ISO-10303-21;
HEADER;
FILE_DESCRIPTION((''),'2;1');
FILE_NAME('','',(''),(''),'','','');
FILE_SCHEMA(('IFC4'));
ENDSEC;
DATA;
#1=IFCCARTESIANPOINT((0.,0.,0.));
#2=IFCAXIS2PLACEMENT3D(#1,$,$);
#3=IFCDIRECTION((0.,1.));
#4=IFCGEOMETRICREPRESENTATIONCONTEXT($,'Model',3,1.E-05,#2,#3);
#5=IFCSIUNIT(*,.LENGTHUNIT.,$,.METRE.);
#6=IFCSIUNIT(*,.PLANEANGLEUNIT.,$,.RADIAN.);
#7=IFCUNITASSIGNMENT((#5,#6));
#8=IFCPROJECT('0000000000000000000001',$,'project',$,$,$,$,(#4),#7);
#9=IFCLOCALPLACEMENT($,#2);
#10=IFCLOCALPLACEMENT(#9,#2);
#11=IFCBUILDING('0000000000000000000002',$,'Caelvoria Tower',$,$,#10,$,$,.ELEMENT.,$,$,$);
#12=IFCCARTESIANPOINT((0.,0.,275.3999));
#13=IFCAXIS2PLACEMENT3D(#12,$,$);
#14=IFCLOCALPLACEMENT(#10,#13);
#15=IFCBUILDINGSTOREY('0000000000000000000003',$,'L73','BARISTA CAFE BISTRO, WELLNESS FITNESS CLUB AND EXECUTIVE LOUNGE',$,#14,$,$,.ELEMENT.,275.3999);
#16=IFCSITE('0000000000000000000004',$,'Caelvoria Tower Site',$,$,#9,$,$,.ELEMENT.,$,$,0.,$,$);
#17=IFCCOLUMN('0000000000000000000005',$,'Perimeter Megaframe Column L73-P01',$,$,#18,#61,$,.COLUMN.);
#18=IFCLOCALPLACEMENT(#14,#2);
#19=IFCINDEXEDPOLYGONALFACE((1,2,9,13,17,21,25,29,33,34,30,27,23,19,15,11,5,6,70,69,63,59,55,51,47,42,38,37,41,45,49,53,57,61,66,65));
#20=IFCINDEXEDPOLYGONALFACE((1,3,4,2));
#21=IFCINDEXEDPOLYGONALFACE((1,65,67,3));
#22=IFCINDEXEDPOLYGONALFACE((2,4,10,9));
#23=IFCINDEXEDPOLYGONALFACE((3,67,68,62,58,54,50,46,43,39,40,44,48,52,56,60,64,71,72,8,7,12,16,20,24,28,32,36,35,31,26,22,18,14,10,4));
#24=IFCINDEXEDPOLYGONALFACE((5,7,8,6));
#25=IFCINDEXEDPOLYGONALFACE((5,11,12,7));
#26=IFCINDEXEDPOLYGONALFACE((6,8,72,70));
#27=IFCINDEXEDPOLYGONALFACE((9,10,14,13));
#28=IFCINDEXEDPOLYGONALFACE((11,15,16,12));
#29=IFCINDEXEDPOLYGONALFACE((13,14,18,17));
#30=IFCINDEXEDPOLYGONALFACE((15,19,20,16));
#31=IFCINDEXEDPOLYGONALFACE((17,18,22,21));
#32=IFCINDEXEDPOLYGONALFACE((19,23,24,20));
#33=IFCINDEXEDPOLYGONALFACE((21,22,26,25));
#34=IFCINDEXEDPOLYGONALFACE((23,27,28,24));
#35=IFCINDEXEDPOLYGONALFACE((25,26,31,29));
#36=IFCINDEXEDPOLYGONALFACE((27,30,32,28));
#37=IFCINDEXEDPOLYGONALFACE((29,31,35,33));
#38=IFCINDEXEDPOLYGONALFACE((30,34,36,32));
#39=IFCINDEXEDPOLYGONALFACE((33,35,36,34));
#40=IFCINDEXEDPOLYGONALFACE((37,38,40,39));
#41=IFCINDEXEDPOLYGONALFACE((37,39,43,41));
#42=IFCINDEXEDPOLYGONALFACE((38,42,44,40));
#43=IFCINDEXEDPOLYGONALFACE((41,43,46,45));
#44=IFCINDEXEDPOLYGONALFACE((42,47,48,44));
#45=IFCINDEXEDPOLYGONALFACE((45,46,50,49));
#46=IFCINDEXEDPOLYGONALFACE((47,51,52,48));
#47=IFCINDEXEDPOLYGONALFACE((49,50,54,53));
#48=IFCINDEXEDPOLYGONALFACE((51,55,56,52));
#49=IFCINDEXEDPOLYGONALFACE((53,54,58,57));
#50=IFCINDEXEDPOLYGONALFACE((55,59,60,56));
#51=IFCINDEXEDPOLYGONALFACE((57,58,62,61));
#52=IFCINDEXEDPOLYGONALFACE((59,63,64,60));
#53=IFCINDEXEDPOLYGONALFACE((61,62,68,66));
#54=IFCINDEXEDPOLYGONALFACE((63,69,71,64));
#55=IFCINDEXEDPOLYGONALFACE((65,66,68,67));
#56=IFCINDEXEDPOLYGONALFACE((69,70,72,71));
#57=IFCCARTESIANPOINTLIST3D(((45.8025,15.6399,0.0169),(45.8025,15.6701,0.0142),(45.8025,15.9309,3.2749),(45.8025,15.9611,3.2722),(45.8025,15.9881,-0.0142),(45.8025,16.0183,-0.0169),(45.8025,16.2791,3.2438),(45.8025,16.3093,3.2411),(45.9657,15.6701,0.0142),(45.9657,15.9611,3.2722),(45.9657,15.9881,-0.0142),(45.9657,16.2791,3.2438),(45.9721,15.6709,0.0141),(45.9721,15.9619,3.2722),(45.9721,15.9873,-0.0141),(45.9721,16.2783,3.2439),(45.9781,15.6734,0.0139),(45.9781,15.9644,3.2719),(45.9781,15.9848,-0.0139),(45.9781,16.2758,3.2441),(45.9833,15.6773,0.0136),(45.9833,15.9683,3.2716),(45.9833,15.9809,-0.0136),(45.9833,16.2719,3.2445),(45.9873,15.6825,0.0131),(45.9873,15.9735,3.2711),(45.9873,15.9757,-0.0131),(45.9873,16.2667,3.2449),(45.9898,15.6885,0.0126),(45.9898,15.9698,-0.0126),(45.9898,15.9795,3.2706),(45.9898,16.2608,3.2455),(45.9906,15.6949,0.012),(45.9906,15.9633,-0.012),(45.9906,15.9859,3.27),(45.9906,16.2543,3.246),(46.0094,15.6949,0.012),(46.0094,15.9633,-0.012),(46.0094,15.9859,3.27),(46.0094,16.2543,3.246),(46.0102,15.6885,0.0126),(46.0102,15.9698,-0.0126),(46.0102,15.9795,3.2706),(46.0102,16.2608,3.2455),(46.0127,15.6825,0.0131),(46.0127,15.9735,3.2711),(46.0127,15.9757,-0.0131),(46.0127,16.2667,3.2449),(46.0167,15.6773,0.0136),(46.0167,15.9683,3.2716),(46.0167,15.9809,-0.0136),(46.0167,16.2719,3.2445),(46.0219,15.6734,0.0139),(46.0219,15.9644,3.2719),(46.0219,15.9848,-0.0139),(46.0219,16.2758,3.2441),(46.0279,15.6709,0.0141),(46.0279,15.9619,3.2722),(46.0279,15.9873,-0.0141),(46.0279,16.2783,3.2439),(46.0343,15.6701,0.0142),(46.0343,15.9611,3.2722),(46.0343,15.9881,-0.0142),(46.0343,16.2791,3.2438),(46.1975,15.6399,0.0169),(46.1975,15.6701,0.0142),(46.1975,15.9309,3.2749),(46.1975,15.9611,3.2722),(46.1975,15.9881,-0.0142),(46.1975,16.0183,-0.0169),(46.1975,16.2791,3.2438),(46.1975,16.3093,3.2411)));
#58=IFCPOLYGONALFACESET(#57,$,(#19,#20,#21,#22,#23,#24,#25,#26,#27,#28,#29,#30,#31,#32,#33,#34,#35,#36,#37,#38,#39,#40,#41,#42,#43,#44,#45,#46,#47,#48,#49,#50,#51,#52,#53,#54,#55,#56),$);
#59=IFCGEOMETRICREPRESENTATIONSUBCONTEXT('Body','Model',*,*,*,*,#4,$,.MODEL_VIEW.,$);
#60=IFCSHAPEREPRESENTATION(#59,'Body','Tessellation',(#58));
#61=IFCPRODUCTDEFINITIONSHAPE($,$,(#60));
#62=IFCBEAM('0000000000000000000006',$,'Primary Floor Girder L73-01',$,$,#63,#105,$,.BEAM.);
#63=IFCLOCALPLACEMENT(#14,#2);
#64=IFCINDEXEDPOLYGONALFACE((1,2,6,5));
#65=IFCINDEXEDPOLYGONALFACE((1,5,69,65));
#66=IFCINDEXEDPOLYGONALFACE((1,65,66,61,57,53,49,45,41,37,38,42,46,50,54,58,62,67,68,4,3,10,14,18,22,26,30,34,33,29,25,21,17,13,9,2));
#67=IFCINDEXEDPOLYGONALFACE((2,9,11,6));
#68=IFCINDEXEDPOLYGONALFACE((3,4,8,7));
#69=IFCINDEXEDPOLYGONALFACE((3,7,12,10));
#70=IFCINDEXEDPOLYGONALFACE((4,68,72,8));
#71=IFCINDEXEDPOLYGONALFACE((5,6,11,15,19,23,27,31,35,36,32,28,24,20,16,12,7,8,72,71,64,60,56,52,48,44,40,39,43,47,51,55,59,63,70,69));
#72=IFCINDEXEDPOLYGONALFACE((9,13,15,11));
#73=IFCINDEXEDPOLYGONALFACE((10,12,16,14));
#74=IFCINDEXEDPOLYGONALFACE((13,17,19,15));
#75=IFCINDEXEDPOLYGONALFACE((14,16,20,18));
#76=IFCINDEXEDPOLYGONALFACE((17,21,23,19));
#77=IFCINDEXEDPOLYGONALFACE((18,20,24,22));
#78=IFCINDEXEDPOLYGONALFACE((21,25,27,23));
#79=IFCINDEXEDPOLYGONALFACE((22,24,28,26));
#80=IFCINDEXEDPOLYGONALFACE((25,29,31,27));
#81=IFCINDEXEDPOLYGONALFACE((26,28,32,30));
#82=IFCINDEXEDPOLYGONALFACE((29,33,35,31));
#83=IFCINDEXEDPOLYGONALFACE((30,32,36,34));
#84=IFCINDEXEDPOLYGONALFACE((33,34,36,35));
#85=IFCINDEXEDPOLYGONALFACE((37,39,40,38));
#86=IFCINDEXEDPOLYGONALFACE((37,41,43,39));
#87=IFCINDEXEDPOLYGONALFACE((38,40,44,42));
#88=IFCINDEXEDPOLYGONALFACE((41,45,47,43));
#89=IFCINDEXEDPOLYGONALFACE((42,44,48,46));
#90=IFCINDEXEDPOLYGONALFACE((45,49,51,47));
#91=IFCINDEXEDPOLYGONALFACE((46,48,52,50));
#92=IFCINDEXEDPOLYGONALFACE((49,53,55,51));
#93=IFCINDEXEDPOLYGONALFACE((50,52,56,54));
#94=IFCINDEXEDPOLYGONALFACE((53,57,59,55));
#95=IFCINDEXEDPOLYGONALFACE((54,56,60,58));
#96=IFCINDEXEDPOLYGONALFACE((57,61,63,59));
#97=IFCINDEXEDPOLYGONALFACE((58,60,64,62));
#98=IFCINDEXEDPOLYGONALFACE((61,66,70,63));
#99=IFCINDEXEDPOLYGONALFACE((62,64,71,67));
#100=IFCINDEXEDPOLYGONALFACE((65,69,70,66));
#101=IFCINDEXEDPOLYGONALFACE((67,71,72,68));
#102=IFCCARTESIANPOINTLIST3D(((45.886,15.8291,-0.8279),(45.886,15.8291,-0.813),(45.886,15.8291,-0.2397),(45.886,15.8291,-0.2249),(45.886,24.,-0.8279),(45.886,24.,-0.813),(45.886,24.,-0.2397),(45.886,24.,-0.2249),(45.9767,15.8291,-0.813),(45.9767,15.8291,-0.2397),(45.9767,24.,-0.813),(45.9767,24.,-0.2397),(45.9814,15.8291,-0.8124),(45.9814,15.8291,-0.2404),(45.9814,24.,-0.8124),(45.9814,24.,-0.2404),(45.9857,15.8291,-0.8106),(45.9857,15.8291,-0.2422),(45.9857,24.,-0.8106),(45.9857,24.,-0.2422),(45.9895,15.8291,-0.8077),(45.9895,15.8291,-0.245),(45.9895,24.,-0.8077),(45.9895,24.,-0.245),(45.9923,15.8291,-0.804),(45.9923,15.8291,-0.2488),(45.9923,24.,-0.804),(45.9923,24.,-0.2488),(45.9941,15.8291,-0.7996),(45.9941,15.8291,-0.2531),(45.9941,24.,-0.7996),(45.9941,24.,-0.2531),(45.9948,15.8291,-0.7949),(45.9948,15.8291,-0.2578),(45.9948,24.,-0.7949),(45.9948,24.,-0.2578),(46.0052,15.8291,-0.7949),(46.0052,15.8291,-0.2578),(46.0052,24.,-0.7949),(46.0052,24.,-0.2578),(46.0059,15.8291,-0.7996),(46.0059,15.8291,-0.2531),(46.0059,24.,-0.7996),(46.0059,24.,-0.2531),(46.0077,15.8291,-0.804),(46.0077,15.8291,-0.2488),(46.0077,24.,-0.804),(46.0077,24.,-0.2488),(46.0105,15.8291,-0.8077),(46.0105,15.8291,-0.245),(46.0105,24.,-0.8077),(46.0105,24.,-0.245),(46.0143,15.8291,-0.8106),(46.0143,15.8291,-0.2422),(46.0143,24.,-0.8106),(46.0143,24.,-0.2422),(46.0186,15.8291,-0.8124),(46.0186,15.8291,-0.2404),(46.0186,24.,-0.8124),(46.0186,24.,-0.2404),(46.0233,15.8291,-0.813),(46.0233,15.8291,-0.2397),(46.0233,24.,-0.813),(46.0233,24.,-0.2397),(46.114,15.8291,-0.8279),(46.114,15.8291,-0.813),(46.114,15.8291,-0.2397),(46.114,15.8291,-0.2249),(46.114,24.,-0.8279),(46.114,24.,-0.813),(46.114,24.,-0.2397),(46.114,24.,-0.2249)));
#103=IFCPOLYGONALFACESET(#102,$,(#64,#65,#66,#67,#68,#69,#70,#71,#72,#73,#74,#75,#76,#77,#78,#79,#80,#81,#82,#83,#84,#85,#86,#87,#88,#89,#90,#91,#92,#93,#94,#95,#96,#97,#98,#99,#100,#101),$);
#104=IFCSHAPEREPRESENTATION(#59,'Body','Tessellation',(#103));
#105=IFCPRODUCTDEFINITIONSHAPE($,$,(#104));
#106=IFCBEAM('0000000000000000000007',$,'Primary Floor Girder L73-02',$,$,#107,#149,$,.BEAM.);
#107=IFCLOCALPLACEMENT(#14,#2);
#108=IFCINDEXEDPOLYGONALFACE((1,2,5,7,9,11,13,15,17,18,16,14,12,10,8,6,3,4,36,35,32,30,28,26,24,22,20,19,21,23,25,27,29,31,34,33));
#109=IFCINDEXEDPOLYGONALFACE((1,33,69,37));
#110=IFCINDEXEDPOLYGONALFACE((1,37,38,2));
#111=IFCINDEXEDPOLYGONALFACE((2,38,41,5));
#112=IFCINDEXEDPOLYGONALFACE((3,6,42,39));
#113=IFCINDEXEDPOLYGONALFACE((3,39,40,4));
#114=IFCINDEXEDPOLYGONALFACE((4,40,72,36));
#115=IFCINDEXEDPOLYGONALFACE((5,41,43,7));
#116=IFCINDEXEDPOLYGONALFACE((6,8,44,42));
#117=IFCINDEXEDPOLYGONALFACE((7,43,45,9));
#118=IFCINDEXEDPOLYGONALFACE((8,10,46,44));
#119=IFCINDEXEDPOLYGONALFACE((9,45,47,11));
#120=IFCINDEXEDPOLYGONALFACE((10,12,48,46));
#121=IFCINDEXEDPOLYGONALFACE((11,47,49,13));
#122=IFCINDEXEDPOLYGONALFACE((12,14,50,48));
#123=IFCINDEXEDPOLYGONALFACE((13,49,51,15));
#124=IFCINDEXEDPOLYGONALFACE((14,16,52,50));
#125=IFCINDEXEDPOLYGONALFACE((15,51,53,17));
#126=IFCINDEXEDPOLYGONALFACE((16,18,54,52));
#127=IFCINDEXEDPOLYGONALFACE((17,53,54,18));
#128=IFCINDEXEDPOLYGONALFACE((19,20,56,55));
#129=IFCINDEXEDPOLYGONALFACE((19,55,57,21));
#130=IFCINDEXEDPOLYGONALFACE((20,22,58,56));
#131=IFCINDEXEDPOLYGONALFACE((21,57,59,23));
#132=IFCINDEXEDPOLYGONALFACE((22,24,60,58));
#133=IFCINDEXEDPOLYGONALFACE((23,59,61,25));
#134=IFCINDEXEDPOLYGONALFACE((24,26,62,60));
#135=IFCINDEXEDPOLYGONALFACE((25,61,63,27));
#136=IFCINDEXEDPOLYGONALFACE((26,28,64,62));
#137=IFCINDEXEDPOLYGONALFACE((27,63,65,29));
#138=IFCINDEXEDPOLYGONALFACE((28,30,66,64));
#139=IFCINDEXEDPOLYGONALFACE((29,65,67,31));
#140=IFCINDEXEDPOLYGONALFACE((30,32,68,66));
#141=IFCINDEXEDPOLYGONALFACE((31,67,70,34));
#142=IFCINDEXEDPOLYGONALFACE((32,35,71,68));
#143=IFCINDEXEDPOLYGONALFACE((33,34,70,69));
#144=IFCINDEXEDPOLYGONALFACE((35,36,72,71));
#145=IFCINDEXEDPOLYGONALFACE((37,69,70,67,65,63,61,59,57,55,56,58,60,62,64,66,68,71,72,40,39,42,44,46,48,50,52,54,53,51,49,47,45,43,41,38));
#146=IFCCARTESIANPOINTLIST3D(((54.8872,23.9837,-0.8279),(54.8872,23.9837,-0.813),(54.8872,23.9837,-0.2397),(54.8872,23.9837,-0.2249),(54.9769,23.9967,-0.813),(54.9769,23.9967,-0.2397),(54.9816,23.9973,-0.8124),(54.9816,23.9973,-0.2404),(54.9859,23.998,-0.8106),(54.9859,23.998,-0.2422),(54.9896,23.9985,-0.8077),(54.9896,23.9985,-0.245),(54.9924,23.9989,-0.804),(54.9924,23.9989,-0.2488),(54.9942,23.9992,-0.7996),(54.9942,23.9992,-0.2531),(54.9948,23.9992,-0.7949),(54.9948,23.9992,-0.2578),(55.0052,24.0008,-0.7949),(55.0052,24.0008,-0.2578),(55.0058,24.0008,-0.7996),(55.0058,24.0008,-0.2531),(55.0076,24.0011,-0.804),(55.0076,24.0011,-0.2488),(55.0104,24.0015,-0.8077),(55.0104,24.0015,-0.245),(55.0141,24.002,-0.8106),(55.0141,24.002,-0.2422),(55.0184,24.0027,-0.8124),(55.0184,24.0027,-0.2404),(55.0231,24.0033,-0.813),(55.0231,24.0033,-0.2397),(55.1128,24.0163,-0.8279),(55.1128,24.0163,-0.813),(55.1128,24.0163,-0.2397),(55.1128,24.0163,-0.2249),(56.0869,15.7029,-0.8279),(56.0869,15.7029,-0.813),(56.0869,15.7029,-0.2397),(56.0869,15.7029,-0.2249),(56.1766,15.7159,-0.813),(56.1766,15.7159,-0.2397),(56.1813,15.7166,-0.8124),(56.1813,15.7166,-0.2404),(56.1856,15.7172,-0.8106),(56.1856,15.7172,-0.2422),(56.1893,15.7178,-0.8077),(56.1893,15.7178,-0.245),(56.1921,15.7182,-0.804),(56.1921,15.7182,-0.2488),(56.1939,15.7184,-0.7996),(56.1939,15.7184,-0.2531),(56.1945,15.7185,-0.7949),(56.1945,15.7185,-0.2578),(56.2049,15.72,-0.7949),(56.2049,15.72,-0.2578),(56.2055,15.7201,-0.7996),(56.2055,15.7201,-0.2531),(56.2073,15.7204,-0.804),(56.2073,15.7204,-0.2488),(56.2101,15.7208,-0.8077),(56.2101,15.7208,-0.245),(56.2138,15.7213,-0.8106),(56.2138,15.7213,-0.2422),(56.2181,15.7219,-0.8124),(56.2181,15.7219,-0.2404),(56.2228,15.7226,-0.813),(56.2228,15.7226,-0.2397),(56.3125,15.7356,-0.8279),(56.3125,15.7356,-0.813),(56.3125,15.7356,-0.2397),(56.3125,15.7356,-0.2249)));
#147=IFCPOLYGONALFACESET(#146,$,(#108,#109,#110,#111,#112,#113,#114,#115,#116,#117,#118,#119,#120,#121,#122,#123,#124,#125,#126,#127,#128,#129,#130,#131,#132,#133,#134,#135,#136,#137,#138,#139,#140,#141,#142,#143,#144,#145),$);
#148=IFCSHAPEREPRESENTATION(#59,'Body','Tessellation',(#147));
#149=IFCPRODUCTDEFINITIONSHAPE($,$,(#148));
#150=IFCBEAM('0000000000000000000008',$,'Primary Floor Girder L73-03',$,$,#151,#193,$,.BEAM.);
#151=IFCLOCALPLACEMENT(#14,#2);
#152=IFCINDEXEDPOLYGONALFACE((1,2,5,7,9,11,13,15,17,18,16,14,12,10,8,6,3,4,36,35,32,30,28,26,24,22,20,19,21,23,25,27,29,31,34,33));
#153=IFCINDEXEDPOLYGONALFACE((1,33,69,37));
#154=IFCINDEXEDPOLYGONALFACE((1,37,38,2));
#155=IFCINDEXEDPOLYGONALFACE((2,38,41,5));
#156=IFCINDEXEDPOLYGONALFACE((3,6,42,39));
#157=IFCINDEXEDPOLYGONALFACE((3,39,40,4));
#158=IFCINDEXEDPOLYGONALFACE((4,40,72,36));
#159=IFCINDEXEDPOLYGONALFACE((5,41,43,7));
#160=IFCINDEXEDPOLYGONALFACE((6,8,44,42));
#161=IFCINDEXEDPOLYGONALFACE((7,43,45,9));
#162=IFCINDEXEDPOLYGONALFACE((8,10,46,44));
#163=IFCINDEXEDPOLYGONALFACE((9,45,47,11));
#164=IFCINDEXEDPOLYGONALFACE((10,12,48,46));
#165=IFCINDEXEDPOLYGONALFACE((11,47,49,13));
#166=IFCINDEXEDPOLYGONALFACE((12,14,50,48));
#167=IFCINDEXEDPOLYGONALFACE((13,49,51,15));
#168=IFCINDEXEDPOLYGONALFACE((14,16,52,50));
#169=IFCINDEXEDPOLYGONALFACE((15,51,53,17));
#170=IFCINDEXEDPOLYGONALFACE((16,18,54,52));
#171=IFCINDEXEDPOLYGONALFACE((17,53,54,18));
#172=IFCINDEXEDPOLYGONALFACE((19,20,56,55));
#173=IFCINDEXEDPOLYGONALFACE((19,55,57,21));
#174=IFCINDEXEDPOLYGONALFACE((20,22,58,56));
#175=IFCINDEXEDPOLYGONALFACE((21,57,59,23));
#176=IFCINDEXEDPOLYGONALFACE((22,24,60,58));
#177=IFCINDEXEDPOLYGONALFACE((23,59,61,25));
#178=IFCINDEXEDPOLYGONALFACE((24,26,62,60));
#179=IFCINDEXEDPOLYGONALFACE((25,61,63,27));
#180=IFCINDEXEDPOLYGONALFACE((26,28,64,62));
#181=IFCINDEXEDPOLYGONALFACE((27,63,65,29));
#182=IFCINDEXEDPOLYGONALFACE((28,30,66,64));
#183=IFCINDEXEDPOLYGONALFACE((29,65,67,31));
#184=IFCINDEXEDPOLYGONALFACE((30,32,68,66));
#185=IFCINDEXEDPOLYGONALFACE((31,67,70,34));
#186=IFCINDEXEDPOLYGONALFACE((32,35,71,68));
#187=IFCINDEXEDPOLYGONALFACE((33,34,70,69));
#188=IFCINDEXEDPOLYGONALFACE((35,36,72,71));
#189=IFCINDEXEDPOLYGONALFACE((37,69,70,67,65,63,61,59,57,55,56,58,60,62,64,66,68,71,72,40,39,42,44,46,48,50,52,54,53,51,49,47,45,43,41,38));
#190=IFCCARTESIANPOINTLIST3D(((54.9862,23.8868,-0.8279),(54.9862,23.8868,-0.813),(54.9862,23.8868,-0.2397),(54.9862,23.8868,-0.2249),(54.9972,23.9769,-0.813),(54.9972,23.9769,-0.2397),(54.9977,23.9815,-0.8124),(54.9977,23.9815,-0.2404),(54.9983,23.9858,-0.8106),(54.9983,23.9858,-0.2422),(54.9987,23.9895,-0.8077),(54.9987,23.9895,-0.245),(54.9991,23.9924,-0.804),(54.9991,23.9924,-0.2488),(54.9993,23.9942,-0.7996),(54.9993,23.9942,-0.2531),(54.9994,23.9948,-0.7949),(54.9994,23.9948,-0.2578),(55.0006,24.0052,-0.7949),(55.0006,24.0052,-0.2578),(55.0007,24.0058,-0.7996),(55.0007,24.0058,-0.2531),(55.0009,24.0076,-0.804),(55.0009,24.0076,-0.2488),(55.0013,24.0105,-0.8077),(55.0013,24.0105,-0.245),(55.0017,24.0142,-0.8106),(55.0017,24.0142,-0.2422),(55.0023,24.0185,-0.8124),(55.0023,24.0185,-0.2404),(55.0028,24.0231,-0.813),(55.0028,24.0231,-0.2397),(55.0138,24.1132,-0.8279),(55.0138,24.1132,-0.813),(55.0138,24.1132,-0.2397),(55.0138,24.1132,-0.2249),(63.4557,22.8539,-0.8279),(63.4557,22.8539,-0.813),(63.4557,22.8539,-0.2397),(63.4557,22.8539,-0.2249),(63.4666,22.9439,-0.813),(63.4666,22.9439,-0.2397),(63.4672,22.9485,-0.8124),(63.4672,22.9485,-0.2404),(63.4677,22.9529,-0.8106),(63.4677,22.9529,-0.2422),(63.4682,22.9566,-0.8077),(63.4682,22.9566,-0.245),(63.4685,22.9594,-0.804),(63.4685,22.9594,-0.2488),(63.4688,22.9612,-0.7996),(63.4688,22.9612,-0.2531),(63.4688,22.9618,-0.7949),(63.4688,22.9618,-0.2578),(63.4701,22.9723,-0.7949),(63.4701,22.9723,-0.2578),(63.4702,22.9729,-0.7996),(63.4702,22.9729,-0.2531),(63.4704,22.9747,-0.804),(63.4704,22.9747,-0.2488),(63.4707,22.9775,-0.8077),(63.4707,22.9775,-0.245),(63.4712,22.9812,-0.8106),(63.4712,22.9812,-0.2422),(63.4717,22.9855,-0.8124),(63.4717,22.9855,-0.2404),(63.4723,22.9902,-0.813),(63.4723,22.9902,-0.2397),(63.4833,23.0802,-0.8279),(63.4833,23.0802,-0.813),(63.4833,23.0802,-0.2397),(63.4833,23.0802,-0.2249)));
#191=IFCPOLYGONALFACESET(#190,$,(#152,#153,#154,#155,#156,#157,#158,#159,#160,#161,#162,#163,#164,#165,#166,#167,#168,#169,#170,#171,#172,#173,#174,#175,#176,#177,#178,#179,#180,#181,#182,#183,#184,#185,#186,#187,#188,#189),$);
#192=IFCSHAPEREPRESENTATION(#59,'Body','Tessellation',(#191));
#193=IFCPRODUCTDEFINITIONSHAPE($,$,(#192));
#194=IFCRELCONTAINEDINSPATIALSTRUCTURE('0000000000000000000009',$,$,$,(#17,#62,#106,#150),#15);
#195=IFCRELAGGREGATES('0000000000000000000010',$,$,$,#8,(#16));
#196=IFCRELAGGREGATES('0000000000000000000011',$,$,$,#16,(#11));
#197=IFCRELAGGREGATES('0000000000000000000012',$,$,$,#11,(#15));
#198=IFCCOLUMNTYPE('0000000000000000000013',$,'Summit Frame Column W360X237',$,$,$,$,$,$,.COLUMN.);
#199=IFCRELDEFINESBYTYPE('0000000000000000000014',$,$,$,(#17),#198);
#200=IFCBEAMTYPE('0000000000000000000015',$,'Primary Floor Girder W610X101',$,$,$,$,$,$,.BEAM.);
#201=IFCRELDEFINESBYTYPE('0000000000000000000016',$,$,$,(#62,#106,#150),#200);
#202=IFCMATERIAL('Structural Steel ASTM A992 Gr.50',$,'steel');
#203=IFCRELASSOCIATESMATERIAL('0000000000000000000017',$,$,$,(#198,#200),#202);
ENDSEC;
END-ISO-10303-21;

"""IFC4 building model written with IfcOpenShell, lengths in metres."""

from ifc_helpers import new_model, si_unit, direction, frame, origin, origin_2d, place, context, subcontext, project, spatial, i_section, extrude, material, material_profile, profile_set, type_object, element, save


model = new_model("IFC4")

# Units and contexts
model_context = context("Model", 3, precision=1e-05, world=origin(), true_north=direction((0.0, 1.0)))
body_context = subcontext(model_context, "Body", "Model", "MODEL_VIEW")
ifc_project = project(units=[si_unit("LENGTHUNIT", "METRE"), si_unit("PLANEANGLEUNIT", "RADIAN")], contexts=[model_context])

# Site, building, storey
site_placement = place(None, origin())
site = spatial("IfcSite", under=ifc_project, at=site_placement, Name="Caelvoria Tower Site", CompositionType="ELEMENT", RefElevation=0.0)
building_placement = place(site_placement, origin())
building = spatial("IfcBuilding", under=site, at=building_placement, Name="Caelvoria Tower", CompositionType="ELEMENT")
storey_placement = place(building_placement, frame((0.0, 0.0, 275.3999)))
storey = spatial("IfcBuildingStorey", under=building, at=storey_placement, Name="L73", Description="BARISTA CAFE BISTRO, WELLNESS FITNESS CLUB AND EXECUTIVE LOUNGE", CompositionType="ELEMENT", Elevation=275.3999)

# Column
ifc_material_1 = material(Name="Structural Steel ASTM A992 Gr.50", Category="steel")
ifc_material_profile_1 = material_profile(ifc_material_1, i_section(OverallWidth=0.395, OverallDepth=0.3799, WebThickness=0.0188, FlangeThickness=0.0303, FilletRadius=0.0249, at=origin_2d()), Name="Structural Steel ASTM A992 Gr.50")
ifc_profile_set_1 = profile_set([ifc_material_profile_1], Name="W360X237 - Structural Steel ASTM A992 Gr.50")
column_type = type_object("IfcColumnType", Name="Summit Frame Column W360X237", PredefinedType="COLUMN", material=ifc_profile_set_1)
column_placement = place(storey_placement, frame((46.0, 15.8291, 0.0), z_axis=(0.0, 0.088968, 0.996035), x_axis=(-1.0, 0.0, 0.0)))
element("IfcColumn", 1, at=column_placement, inside=storey, type_object=column_type, Name="Perimeter Megaframe Column L73-P01", PredefinedType="COLUMN", context=body_context, shape_type="SweptSolid", body=[
    extrude(i_section(OverallWidth=0.395, OverallDepth=0.3799, WebThickness=0.0188, FlangeThickness=0.0303, FilletRadius=0.0249, at=origin_2d()), origin(), (0.0, 0.0, 1.0), 3.271),
])

# Beams
ifc_material_profile_2 = material_profile(ifc_material_1, i_section(OverallWidth=0.228, OverallDepth=0.603, WebThickness=0.0105, FlangeThickness=0.0149, FilletRadius=0.0181, at=origin_2d()), Name="Structural Steel ASTM A992 Gr.50")
ifc_profile_set_2 = profile_set([ifc_material_profile_2], Name="W610X101 - Structural Steel ASTM A992 Gr.50")
beam_type_1 = type_object("IfcBeamType", Name="Primary Floor Girder W610X101", PredefinedType="BEAM", material=ifc_profile_set_2)
beam_1_placement = place(storey_placement, frame((46.0, 24.0, -0.5264), z_axis=(0.0, -1.0, 0.0), x_axis=(1.0, 0.0, 0.0)))
element("IfcBeam", 2, at=beam_1_placement, inside=storey, type_object=beam_type_1, Name="Primary Floor Girder L73-01", PredefinedType="BEAM", context=body_context, shape_type="SweptSolid", body=[
    extrude(i_section(OverallWidth=0.228, OverallDepth=0.603, WebThickness=0.0105, FlangeThickness=0.0149, FilletRadius=0.0181, at=origin_2d()), origin(), (0.0, 0.0, 1.0), 8.1709),
])
beam_2_placement = place(storey_placement, frame((55.0, 24.0, -0.5264), z_axis=(0.143382, -0.989667, 0.0), x_axis=(0.989667, 0.143382, 0.0)))
element("IfcBeam", 3, at=beam_2_placement, inside=storey, type_object=beam_type_1, Name="Primary Floor Girder L73-02", PredefinedType="BEAM", context=body_context, shape_type="SweptSolid", body=[
    extrude(i_section(OverallWidth=0.228, OverallDepth=0.603, WebThickness=0.0105, FlangeThickness=0.0149, FilletRadius=0.0181, at=origin_2d()), origin(), (0.0, 0.0, 1.0), 8.3672),
])
beam_3_placement = place(storey_placement, frame((55.0, 24.0, -0.5264), z_axis=(0.992645, -0.121065, 0.0), x_axis=(0.121065, 0.992645, 0.0)))
element("IfcBeam", 4, at=beam_3_placement, inside=storey, type_object=beam_type_1, Name="Primary Floor Girder L73-03", PredefinedType="BEAM", context=body_context, shape_type="SweptSolid", body=[
    extrude(i_section(OverallWidth=0.228, OverallDepth=0.603, WebThickness=0.0105, FlangeThickness=0.0149, FilletRadius=0.0181, at=origin_2d()), origin(), (0.0, 0.0, 1.0), 8.5322),
])

save(model, "model.ifc")
